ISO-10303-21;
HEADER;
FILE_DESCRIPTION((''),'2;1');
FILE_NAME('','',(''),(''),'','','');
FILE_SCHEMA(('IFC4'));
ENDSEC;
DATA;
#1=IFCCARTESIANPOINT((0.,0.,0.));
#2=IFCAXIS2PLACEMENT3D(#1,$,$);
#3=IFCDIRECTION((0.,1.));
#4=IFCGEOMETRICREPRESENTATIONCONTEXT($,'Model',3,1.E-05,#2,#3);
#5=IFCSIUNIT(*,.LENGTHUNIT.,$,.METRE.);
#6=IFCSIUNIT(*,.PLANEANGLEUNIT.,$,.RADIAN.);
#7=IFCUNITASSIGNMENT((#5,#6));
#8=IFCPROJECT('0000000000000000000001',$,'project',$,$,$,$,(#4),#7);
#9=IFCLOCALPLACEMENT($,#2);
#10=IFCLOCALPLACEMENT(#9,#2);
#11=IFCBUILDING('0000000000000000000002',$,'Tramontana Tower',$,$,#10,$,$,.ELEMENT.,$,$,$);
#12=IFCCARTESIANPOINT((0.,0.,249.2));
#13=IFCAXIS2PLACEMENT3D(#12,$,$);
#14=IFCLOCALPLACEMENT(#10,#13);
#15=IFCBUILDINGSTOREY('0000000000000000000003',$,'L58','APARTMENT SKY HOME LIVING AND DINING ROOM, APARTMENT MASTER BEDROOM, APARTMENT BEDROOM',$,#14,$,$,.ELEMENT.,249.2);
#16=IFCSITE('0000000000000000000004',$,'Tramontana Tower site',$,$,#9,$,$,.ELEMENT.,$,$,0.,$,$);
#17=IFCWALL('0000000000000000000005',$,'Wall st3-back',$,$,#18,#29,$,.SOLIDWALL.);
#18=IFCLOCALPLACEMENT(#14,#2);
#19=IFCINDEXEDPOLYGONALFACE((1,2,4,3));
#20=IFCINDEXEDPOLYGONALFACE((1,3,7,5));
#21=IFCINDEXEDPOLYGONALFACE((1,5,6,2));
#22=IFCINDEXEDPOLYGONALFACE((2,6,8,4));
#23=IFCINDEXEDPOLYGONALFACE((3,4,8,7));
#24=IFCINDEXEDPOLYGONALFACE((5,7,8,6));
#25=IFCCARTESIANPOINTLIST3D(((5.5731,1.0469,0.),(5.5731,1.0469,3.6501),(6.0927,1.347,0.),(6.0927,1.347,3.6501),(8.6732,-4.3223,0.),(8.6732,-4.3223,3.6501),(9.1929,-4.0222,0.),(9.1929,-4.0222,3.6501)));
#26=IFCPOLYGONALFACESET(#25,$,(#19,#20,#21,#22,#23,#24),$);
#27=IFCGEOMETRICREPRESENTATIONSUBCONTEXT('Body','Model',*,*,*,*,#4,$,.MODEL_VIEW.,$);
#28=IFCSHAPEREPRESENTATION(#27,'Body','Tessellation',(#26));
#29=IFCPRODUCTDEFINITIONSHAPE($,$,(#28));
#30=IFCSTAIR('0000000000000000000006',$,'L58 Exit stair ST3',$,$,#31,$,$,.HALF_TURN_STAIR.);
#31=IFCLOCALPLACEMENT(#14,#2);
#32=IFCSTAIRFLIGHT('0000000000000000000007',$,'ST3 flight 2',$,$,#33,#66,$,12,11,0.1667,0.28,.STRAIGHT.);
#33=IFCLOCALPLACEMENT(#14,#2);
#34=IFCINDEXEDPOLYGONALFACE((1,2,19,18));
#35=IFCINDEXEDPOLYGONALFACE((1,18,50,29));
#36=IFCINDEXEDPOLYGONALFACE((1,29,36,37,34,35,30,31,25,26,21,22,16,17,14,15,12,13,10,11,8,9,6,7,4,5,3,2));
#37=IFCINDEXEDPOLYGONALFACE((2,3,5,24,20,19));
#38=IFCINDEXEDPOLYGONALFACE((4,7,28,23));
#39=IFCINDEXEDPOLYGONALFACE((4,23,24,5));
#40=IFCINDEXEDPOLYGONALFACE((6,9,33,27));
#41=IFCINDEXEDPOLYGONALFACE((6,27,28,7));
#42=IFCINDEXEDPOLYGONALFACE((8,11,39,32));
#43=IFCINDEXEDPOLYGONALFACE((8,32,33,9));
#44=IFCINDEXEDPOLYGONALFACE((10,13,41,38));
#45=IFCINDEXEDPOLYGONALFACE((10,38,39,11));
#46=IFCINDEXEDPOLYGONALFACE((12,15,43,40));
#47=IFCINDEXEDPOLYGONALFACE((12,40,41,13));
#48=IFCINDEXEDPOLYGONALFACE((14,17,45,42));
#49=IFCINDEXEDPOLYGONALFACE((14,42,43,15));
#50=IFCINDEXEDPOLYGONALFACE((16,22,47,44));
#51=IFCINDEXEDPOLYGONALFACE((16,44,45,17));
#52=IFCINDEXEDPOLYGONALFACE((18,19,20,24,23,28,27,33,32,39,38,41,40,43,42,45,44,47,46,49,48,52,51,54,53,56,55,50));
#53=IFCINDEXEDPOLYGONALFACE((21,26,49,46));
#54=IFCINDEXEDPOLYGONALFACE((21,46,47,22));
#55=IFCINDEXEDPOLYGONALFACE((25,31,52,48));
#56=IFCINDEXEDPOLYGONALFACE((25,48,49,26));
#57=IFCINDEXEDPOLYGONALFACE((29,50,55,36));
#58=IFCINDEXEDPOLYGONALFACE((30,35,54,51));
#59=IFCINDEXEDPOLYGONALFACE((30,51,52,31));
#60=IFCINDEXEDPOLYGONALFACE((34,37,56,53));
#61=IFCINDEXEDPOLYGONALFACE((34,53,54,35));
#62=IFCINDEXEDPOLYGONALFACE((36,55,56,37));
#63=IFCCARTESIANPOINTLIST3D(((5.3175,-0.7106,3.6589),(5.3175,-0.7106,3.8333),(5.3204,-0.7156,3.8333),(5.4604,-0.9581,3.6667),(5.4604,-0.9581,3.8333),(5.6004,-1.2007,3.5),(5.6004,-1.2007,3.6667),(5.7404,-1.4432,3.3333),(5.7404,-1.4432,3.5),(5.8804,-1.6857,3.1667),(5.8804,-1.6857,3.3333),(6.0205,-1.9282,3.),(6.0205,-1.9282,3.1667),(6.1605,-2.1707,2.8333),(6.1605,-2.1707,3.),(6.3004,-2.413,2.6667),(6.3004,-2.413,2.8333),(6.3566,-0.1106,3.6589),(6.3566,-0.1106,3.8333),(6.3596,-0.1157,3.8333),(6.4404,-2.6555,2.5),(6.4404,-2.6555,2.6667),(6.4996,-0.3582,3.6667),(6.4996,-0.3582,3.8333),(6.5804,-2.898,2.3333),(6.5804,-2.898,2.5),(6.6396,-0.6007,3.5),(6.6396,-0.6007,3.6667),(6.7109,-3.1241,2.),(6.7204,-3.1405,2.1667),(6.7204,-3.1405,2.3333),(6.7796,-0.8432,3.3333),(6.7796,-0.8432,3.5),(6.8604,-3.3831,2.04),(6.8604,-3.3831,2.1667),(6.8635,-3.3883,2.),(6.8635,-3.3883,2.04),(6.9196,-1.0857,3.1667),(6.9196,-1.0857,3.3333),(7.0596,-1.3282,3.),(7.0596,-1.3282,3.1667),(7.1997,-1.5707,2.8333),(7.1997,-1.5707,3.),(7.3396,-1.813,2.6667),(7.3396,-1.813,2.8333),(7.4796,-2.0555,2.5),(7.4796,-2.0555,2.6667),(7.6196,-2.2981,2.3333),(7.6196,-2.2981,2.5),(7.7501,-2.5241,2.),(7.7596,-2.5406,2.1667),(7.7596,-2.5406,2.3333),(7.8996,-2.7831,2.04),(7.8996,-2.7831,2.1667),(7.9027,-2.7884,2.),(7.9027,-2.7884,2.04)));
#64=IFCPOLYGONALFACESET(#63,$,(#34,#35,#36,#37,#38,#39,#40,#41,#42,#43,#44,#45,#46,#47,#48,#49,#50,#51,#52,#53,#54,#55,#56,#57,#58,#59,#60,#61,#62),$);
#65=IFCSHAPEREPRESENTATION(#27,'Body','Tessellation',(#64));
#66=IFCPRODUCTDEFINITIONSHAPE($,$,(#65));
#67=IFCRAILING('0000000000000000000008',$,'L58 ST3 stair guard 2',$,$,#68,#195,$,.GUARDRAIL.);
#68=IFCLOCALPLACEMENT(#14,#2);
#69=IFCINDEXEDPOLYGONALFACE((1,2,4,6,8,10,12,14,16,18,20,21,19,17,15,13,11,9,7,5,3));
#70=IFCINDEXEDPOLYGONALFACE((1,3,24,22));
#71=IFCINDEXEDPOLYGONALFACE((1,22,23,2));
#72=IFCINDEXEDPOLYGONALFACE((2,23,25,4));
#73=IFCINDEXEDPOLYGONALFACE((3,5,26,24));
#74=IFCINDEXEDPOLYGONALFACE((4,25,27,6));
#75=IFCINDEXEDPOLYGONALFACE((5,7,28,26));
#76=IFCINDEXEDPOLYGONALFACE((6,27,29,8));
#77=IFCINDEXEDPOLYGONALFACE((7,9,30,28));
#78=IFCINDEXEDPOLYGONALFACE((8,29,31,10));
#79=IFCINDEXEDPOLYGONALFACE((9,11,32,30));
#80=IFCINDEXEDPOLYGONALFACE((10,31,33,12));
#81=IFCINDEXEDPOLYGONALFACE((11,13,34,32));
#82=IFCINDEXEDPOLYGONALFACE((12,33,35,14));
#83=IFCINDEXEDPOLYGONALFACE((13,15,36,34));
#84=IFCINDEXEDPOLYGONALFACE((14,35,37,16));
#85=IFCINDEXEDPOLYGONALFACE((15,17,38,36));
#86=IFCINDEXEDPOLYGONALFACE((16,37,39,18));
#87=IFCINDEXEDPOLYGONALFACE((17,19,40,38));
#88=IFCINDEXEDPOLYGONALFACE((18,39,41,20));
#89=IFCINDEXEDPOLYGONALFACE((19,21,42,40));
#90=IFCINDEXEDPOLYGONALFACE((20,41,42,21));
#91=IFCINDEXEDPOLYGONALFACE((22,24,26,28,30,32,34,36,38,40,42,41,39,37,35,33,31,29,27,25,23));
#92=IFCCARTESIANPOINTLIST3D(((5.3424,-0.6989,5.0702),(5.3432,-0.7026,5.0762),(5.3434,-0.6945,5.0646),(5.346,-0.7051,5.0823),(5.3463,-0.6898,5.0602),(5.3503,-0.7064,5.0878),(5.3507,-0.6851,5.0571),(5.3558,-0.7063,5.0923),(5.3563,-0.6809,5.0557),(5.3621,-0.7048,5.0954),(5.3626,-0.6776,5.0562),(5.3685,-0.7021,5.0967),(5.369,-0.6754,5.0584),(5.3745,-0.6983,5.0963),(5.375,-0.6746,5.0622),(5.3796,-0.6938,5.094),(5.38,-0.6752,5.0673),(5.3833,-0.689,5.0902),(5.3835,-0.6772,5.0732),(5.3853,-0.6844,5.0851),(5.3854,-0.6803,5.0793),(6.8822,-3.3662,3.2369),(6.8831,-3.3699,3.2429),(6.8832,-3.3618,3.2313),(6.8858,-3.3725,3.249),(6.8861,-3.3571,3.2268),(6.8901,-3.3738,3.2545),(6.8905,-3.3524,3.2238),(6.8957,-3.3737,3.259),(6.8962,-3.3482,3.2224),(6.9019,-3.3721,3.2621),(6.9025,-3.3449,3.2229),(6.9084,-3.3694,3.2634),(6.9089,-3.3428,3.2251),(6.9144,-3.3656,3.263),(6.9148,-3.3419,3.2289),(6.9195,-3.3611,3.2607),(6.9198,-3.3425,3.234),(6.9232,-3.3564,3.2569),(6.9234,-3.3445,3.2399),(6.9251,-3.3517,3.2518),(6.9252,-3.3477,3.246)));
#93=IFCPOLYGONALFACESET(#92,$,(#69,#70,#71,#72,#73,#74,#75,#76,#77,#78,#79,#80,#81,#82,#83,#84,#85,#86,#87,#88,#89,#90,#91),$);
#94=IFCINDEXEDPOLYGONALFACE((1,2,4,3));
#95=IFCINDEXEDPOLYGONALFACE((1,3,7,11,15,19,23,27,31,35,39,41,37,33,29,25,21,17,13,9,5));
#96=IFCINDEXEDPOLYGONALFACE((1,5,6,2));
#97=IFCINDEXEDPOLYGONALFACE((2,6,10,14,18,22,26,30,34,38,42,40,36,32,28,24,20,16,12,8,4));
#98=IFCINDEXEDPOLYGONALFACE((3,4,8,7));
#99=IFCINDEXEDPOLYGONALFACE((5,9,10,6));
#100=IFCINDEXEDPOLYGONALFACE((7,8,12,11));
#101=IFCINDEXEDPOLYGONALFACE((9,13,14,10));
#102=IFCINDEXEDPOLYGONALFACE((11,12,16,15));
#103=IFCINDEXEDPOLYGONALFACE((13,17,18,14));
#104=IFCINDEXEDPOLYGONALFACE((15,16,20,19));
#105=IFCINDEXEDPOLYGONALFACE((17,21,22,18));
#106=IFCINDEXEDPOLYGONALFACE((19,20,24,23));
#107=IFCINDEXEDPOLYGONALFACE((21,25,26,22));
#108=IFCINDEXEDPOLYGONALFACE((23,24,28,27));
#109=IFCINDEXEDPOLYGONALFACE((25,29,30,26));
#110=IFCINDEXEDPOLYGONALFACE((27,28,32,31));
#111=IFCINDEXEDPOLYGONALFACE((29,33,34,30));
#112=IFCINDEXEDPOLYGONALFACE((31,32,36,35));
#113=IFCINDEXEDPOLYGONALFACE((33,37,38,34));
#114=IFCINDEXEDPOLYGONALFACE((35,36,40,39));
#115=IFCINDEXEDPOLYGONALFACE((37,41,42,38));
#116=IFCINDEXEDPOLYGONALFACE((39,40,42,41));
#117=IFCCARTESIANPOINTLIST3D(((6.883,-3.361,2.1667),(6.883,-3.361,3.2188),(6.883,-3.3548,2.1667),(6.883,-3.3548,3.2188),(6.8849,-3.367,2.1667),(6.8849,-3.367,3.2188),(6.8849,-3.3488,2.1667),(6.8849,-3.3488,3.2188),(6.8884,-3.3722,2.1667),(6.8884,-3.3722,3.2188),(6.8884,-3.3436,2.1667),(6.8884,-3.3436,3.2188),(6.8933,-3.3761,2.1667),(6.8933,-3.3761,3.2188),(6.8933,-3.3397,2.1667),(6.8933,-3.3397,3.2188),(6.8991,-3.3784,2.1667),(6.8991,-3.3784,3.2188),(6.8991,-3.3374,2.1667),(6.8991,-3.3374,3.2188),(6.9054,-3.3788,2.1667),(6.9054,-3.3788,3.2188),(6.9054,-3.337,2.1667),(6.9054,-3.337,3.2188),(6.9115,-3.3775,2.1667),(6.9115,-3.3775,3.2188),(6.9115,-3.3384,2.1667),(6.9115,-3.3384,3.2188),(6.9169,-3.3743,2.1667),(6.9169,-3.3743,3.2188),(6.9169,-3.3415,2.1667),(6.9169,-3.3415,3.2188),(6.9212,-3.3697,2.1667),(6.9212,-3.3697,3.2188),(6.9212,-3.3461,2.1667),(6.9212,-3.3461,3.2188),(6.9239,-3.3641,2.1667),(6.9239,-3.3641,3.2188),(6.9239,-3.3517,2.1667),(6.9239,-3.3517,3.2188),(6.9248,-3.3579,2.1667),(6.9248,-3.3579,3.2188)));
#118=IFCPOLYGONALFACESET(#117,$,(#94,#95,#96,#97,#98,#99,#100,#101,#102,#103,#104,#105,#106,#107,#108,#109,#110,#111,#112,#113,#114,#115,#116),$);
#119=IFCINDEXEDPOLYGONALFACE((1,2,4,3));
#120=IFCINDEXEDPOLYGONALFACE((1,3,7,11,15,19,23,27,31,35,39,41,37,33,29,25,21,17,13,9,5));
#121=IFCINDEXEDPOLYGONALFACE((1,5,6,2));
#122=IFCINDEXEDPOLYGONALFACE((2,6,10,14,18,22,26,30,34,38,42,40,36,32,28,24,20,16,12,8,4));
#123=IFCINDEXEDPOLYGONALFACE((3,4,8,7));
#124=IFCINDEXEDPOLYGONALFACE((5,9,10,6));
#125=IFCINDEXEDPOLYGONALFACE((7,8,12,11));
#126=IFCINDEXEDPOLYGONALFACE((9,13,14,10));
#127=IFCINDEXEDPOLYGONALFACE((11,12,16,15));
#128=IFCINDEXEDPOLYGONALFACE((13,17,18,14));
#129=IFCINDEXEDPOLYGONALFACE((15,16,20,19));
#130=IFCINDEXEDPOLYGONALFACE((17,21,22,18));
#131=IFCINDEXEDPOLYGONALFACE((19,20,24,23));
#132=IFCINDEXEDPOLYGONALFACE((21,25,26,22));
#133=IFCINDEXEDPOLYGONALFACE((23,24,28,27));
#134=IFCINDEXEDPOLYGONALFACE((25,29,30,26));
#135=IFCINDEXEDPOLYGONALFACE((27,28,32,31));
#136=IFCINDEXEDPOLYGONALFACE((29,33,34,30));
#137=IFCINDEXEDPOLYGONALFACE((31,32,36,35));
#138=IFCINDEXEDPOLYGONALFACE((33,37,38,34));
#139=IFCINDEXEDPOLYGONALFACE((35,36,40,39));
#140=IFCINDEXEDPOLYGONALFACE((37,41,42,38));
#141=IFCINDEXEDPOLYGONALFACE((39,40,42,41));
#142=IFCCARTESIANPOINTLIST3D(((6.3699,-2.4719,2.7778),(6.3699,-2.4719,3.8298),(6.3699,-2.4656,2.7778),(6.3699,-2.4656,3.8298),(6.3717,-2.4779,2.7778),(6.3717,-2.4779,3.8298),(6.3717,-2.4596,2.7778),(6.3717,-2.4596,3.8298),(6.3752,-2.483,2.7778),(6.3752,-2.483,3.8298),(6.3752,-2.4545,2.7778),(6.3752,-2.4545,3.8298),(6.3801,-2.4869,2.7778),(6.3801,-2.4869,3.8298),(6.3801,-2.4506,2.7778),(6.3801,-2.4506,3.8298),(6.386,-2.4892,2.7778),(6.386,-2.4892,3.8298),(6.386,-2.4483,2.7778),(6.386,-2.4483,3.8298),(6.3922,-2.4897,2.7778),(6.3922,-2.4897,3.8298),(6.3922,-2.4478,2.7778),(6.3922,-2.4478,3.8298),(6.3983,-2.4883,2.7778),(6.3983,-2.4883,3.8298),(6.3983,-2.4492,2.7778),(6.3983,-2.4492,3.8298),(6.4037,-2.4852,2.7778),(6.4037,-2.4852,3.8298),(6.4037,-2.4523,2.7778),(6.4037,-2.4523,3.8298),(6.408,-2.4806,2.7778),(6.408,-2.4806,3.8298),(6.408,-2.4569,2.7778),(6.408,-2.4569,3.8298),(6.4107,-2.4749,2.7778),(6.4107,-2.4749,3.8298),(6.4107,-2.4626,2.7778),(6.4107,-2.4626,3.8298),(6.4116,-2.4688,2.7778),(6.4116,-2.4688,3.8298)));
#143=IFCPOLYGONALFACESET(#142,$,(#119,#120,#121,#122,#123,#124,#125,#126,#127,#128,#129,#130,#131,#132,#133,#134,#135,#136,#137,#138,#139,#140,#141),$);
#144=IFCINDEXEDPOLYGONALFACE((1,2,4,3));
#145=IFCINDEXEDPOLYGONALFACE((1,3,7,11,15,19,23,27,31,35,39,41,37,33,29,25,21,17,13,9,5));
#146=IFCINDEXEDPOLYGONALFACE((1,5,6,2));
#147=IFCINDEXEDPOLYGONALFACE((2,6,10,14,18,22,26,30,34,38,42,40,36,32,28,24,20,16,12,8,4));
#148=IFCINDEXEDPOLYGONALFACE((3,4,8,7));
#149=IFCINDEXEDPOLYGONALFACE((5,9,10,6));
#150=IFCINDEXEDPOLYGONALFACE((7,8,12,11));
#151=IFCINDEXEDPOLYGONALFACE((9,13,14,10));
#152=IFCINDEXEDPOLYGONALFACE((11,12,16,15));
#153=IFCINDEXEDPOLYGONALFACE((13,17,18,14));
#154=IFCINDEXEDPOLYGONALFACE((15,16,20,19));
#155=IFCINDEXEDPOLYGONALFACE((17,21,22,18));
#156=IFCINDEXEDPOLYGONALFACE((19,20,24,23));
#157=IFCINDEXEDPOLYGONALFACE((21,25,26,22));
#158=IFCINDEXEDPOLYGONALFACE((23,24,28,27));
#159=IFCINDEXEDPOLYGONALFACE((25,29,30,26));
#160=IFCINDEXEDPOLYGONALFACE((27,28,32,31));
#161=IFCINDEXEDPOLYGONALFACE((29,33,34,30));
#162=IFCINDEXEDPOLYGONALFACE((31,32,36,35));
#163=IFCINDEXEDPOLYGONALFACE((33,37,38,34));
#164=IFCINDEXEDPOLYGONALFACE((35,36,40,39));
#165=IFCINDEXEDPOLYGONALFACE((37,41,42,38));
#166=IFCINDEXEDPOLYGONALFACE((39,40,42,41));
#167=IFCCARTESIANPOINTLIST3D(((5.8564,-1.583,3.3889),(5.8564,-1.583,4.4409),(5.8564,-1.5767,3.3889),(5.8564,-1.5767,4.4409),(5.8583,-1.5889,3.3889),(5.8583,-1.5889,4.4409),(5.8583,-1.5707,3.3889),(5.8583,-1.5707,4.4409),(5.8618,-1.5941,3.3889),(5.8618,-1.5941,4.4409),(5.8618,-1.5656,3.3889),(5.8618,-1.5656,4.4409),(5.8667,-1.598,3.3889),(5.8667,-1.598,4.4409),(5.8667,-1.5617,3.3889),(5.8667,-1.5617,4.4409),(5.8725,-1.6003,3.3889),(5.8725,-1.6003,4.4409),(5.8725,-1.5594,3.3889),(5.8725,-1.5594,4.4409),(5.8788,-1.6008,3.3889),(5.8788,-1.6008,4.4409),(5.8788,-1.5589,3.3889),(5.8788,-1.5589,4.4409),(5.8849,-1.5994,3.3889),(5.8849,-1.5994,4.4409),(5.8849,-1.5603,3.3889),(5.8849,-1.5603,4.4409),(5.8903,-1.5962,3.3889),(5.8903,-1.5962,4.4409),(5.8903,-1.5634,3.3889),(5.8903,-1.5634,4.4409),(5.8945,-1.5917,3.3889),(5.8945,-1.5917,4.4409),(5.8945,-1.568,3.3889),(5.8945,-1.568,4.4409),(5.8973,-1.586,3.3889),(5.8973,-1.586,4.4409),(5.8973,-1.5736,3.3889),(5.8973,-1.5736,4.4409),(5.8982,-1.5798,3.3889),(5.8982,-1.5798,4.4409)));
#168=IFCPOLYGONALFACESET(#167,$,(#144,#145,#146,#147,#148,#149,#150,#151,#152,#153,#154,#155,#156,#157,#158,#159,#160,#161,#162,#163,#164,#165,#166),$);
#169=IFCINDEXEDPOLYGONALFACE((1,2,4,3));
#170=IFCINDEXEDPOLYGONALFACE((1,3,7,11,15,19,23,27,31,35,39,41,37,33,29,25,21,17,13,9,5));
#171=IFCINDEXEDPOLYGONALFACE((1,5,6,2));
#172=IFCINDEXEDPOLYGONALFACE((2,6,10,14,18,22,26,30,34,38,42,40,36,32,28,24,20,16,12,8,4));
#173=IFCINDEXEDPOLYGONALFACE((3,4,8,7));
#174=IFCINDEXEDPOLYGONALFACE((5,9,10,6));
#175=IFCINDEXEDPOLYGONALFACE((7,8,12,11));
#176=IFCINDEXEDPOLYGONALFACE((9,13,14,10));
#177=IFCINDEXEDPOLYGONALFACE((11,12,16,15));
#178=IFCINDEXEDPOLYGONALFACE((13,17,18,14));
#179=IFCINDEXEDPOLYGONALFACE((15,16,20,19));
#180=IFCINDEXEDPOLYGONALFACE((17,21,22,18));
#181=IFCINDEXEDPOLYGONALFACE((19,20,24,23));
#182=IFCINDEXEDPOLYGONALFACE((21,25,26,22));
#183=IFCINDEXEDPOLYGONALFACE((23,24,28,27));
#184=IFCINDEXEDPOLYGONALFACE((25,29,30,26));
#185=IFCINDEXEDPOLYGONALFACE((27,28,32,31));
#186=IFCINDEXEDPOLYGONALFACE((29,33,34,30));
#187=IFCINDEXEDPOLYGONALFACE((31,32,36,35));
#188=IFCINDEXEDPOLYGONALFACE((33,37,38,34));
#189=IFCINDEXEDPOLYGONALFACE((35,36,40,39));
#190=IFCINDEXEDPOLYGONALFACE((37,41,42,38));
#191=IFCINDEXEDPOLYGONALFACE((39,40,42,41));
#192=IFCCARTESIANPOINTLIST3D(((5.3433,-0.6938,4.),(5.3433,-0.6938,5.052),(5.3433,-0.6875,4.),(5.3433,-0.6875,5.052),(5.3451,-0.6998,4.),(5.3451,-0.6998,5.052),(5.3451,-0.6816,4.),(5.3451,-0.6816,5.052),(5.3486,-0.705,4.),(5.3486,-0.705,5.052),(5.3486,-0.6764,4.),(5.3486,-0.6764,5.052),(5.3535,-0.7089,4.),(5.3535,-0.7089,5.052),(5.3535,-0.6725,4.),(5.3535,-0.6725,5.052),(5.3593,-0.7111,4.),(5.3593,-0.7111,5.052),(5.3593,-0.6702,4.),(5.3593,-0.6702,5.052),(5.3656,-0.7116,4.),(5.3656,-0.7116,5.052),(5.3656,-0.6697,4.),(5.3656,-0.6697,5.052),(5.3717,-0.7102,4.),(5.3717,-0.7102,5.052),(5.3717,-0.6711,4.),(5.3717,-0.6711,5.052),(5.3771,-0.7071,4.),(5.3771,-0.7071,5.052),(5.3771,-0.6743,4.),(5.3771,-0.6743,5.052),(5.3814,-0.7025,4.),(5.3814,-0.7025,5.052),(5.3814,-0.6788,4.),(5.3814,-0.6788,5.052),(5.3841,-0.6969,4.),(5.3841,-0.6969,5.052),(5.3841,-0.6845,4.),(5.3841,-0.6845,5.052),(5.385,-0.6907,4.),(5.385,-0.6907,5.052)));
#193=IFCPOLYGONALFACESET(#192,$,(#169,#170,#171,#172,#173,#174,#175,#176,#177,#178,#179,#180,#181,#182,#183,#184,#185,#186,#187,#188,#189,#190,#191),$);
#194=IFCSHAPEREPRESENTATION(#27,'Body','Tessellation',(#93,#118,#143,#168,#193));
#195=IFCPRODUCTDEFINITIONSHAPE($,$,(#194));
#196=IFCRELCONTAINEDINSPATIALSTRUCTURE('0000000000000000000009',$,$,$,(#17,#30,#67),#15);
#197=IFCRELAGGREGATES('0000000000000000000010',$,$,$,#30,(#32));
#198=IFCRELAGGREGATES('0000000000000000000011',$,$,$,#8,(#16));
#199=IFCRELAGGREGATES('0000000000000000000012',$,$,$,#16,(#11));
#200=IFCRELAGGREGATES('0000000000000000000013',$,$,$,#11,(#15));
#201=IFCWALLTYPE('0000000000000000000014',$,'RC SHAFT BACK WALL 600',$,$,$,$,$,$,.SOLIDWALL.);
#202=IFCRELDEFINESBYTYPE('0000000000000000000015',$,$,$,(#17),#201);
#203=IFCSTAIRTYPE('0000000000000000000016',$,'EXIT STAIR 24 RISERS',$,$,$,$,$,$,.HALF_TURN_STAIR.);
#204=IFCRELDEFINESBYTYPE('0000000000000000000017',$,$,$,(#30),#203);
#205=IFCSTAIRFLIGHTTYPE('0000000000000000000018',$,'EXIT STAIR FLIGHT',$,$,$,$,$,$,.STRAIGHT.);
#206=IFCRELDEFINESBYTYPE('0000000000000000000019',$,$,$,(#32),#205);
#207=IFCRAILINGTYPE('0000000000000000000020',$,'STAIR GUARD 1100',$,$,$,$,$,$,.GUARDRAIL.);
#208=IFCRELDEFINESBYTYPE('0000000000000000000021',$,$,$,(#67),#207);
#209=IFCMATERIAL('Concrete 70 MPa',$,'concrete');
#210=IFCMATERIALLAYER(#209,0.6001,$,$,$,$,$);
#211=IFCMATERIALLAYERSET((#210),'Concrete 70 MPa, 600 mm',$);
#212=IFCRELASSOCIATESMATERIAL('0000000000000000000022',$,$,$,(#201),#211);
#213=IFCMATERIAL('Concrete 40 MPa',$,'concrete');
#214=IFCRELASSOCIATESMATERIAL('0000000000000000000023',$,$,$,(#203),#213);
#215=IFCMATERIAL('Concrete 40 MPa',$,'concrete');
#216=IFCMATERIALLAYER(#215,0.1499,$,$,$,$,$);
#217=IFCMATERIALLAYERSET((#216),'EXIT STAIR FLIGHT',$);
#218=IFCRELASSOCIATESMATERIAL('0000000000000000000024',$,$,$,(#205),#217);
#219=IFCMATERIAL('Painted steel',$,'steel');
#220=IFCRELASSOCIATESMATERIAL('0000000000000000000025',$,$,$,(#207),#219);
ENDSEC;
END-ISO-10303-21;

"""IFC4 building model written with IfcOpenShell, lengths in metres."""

from ifc_helpers import new_model, si_unit, direction, frame, frame_2d, origin, origin_2d, place, context, subcontext, project, spatial, polyline, rectangle, circle, outline, extrude, material, layer, layer_set, type_object, element, aggregate, save


model = new_model("IFC4")

# Units and contexts
model_context = context("Model", 3, precision=1e-05, world=origin(), true_north=direction((0.0, 1.0)))
body_context = subcontext(model_context, "Body", "Model", "MODEL_VIEW")
ifc_project = project(units=[si_unit("LENGTHUNIT", "METRE"), si_unit("PLANEANGLEUNIT", "RADIAN")], contexts=[model_context])

# Site, building, storey
site_placement = place(None, origin())
site = spatial("IfcSite", under=ifc_project, at=site_placement, Name="Tramontana Tower site", CompositionType="ELEMENT", RefElevation=0.0)
building_placement = place(site_placement, origin())
building = spatial("IfcBuilding", under=site, at=building_placement, Name="Tramontana Tower", CompositionType="ELEMENT")
storey_placement = place(building_placement, frame((0.0, 0.0, 249.2)))
storey = spatial("IfcBuildingStorey", under=building, at=storey_placement, Name="L58", Description="APARTMENT SKY HOME LIVING AND DINING ROOM, APARTMENT MASTER BEDROOM, APARTMENT BEDROOM", CompositionType="ELEMENT", Elevation=249.2)

# Wall
ifc_material_1 = material(Name="Concrete 70 MPa", Category="concrete")
ifc_layer_1 = layer(ifc_material_1, 0.6001)
ifc_layer_set_1 = layer_set([ifc_layer_1], Name="Concrete 70 MPa, 600 mm")
wall_type_1 = type_object("IfcWallType", Name="RC SHAFT BACK WALL 600", PredefinedType="SOLIDWALL", material=ifc_layer_set_1)
wall_1_placement = place(storey_placement, frame((8.9331, -4.1724, 0.0), z_axis=(0.0, 0.0, 1.0), x_axis=(-0.500027, 0.86601, 0.0)))
element("IfcWall", 1, at=wall_1_placement, inside=storey, type_object=wall_type_1, Name="Wall st3-back", PredefinedType="SOLIDWALL", context=body_context, shape_type="SweptSolid", body=[
    extrude(rectangle(XDim=6.2, YDim=0.6001, at=frame_2d((3.1001, 0.0))), origin(), (0.0, 0.0, 1.0), 3.6501),
])

# Stair, stair flight
ifc_material_2 = material(Name="Concrete 40 MPa", Category="concrete")
stair_type = type_object("IfcStairType", Name="EXIT STAIR 24 RISERS", PredefinedType="HALF_TURN_STAIR", material=ifc_material_2)
stair_placement = place(storey_placement, origin())
stair = element("IfcStair", 2, at=stair_placement, inside=storey, type_object=stair_type, Name="L58 Exit stair ST3", PredefinedType="HALF_TURN_STAIR")
ifc_material_3 = material(Name="Concrete 40 MPa", Category="concrete")
ifc_layer_2 = layer(ifc_material_3, 0.1499)
ifc_layer_set_2 = layer_set([ifc_layer_2], Name="EXIT STAIR FLIGHT")
stair_flight_type = type_object("IfcStairFlightType", Name="EXIT STAIR FLIGHT", PredefinedType="STRAIGHT", material=ifc_layer_set_2)
stair_flight_placement = place(storey_placement, frame((7.3801, -3.083, 2.0), z_axis=(0.0, 0.0, 1.0), x_axis=(-0.5, 0.866025, 0.0)))
stair_flight = element("IfcStairFlight", 3, at=stair_flight_placement, type_object=stair_flight_type, Name="ST3 flight 2", NumberOfRisers=12, NumberOfTreads=11, PredefinedType="STRAIGHT", RiserHeight=0.1667, TreadLength=0.28, context=body_context, shape_type="SweptSolid", body=[
    extrude(outline(polyline([(-0.0061, 0.0), (-0.0061, 0.04), (0.0, 0.04), (0.0, 0.1667), (0.28, 0.1667), (0.28, 0.3333), (0.5601, 0.3333), (0.5601, 0.5), (0.8401, 0.5), (0.8401, 0.6667), (1.1201, 0.6667), (1.1201, 0.8333), (1.3999, 0.8333), (1.3999, 1.0), (1.6799, 1.0), (1.6799, 1.1667), (1.96, 1.1667), (1.96, 1.3333), (2.24, 1.3333), (2.24, 1.5), (2.52, 1.5), (2.52, 1.6667), (2.8, 1.6667), (2.8, 1.8333), (3.0801, 1.8333), (3.0859, 1.8333), (3.0859, 1.6589), (0.2991, 0.0), (-0.0061, 0.0)])), frame((0.0, 0.6001, 0.0), z_axis=(0.0, -1.0, 0.0), x_axis=(1.0, 0.0, 0.0)), (0.0, 0.0, 1.0), 1.2),
])
aggregate(stair, [stair_flight])

# Railing
ifc_material_4 = material(Name="Painted steel", Category="steel")
railing_type_1 = type_object("IfcRailingType", Name="STAIR GUARD 1100", PredefinedType="GUARDRAIL", material=ifc_material_4)
railing_1_placement = place(storey_placement, frame((6.9038, -3.3579, 2.1667)))
element("IfcRailing", 4, at=railing_1_placement, inside=storey, type_object=railing_type_1, Name="L58 ST3 stair guard 2", PredefinedType="GUARDRAIL", context=body_context, shape_type="SweptSolid", body=[
    extrude(circle(Radius=0.0239, at=origin_2d()), frame((0.0, 0.0, 1.0762), z_axis=(-0.429616, 0.744181, 0.511493), x_axis=(-0.866044, -0.499967, 0.0)), (0.0, 0.0, 1.0), 3.5842),
    extrude(circle(Radius=0.021, at=origin_2d()), origin(), (0.0, 0.0, 1.0), 1.052),
    extrude(circle(Radius=0.021, at=origin_2d()), frame((-0.5132, 0.8892, 0.6111)), (0.0, 0.0, 1.0), 1.052),
    extrude(circle(Radius=0.021, at=origin_2d()), frame((-1.0266, 1.7781, 1.2222)), (0.0, 0.0, 1.0), 1.052),
    extrude(circle(Radius=0.021, at=origin_2d()), frame((-1.5398, 2.6672, 1.8333)), (0.0, 0.0, 1.0), 1.052),
])

save(model, "model.ifc")
